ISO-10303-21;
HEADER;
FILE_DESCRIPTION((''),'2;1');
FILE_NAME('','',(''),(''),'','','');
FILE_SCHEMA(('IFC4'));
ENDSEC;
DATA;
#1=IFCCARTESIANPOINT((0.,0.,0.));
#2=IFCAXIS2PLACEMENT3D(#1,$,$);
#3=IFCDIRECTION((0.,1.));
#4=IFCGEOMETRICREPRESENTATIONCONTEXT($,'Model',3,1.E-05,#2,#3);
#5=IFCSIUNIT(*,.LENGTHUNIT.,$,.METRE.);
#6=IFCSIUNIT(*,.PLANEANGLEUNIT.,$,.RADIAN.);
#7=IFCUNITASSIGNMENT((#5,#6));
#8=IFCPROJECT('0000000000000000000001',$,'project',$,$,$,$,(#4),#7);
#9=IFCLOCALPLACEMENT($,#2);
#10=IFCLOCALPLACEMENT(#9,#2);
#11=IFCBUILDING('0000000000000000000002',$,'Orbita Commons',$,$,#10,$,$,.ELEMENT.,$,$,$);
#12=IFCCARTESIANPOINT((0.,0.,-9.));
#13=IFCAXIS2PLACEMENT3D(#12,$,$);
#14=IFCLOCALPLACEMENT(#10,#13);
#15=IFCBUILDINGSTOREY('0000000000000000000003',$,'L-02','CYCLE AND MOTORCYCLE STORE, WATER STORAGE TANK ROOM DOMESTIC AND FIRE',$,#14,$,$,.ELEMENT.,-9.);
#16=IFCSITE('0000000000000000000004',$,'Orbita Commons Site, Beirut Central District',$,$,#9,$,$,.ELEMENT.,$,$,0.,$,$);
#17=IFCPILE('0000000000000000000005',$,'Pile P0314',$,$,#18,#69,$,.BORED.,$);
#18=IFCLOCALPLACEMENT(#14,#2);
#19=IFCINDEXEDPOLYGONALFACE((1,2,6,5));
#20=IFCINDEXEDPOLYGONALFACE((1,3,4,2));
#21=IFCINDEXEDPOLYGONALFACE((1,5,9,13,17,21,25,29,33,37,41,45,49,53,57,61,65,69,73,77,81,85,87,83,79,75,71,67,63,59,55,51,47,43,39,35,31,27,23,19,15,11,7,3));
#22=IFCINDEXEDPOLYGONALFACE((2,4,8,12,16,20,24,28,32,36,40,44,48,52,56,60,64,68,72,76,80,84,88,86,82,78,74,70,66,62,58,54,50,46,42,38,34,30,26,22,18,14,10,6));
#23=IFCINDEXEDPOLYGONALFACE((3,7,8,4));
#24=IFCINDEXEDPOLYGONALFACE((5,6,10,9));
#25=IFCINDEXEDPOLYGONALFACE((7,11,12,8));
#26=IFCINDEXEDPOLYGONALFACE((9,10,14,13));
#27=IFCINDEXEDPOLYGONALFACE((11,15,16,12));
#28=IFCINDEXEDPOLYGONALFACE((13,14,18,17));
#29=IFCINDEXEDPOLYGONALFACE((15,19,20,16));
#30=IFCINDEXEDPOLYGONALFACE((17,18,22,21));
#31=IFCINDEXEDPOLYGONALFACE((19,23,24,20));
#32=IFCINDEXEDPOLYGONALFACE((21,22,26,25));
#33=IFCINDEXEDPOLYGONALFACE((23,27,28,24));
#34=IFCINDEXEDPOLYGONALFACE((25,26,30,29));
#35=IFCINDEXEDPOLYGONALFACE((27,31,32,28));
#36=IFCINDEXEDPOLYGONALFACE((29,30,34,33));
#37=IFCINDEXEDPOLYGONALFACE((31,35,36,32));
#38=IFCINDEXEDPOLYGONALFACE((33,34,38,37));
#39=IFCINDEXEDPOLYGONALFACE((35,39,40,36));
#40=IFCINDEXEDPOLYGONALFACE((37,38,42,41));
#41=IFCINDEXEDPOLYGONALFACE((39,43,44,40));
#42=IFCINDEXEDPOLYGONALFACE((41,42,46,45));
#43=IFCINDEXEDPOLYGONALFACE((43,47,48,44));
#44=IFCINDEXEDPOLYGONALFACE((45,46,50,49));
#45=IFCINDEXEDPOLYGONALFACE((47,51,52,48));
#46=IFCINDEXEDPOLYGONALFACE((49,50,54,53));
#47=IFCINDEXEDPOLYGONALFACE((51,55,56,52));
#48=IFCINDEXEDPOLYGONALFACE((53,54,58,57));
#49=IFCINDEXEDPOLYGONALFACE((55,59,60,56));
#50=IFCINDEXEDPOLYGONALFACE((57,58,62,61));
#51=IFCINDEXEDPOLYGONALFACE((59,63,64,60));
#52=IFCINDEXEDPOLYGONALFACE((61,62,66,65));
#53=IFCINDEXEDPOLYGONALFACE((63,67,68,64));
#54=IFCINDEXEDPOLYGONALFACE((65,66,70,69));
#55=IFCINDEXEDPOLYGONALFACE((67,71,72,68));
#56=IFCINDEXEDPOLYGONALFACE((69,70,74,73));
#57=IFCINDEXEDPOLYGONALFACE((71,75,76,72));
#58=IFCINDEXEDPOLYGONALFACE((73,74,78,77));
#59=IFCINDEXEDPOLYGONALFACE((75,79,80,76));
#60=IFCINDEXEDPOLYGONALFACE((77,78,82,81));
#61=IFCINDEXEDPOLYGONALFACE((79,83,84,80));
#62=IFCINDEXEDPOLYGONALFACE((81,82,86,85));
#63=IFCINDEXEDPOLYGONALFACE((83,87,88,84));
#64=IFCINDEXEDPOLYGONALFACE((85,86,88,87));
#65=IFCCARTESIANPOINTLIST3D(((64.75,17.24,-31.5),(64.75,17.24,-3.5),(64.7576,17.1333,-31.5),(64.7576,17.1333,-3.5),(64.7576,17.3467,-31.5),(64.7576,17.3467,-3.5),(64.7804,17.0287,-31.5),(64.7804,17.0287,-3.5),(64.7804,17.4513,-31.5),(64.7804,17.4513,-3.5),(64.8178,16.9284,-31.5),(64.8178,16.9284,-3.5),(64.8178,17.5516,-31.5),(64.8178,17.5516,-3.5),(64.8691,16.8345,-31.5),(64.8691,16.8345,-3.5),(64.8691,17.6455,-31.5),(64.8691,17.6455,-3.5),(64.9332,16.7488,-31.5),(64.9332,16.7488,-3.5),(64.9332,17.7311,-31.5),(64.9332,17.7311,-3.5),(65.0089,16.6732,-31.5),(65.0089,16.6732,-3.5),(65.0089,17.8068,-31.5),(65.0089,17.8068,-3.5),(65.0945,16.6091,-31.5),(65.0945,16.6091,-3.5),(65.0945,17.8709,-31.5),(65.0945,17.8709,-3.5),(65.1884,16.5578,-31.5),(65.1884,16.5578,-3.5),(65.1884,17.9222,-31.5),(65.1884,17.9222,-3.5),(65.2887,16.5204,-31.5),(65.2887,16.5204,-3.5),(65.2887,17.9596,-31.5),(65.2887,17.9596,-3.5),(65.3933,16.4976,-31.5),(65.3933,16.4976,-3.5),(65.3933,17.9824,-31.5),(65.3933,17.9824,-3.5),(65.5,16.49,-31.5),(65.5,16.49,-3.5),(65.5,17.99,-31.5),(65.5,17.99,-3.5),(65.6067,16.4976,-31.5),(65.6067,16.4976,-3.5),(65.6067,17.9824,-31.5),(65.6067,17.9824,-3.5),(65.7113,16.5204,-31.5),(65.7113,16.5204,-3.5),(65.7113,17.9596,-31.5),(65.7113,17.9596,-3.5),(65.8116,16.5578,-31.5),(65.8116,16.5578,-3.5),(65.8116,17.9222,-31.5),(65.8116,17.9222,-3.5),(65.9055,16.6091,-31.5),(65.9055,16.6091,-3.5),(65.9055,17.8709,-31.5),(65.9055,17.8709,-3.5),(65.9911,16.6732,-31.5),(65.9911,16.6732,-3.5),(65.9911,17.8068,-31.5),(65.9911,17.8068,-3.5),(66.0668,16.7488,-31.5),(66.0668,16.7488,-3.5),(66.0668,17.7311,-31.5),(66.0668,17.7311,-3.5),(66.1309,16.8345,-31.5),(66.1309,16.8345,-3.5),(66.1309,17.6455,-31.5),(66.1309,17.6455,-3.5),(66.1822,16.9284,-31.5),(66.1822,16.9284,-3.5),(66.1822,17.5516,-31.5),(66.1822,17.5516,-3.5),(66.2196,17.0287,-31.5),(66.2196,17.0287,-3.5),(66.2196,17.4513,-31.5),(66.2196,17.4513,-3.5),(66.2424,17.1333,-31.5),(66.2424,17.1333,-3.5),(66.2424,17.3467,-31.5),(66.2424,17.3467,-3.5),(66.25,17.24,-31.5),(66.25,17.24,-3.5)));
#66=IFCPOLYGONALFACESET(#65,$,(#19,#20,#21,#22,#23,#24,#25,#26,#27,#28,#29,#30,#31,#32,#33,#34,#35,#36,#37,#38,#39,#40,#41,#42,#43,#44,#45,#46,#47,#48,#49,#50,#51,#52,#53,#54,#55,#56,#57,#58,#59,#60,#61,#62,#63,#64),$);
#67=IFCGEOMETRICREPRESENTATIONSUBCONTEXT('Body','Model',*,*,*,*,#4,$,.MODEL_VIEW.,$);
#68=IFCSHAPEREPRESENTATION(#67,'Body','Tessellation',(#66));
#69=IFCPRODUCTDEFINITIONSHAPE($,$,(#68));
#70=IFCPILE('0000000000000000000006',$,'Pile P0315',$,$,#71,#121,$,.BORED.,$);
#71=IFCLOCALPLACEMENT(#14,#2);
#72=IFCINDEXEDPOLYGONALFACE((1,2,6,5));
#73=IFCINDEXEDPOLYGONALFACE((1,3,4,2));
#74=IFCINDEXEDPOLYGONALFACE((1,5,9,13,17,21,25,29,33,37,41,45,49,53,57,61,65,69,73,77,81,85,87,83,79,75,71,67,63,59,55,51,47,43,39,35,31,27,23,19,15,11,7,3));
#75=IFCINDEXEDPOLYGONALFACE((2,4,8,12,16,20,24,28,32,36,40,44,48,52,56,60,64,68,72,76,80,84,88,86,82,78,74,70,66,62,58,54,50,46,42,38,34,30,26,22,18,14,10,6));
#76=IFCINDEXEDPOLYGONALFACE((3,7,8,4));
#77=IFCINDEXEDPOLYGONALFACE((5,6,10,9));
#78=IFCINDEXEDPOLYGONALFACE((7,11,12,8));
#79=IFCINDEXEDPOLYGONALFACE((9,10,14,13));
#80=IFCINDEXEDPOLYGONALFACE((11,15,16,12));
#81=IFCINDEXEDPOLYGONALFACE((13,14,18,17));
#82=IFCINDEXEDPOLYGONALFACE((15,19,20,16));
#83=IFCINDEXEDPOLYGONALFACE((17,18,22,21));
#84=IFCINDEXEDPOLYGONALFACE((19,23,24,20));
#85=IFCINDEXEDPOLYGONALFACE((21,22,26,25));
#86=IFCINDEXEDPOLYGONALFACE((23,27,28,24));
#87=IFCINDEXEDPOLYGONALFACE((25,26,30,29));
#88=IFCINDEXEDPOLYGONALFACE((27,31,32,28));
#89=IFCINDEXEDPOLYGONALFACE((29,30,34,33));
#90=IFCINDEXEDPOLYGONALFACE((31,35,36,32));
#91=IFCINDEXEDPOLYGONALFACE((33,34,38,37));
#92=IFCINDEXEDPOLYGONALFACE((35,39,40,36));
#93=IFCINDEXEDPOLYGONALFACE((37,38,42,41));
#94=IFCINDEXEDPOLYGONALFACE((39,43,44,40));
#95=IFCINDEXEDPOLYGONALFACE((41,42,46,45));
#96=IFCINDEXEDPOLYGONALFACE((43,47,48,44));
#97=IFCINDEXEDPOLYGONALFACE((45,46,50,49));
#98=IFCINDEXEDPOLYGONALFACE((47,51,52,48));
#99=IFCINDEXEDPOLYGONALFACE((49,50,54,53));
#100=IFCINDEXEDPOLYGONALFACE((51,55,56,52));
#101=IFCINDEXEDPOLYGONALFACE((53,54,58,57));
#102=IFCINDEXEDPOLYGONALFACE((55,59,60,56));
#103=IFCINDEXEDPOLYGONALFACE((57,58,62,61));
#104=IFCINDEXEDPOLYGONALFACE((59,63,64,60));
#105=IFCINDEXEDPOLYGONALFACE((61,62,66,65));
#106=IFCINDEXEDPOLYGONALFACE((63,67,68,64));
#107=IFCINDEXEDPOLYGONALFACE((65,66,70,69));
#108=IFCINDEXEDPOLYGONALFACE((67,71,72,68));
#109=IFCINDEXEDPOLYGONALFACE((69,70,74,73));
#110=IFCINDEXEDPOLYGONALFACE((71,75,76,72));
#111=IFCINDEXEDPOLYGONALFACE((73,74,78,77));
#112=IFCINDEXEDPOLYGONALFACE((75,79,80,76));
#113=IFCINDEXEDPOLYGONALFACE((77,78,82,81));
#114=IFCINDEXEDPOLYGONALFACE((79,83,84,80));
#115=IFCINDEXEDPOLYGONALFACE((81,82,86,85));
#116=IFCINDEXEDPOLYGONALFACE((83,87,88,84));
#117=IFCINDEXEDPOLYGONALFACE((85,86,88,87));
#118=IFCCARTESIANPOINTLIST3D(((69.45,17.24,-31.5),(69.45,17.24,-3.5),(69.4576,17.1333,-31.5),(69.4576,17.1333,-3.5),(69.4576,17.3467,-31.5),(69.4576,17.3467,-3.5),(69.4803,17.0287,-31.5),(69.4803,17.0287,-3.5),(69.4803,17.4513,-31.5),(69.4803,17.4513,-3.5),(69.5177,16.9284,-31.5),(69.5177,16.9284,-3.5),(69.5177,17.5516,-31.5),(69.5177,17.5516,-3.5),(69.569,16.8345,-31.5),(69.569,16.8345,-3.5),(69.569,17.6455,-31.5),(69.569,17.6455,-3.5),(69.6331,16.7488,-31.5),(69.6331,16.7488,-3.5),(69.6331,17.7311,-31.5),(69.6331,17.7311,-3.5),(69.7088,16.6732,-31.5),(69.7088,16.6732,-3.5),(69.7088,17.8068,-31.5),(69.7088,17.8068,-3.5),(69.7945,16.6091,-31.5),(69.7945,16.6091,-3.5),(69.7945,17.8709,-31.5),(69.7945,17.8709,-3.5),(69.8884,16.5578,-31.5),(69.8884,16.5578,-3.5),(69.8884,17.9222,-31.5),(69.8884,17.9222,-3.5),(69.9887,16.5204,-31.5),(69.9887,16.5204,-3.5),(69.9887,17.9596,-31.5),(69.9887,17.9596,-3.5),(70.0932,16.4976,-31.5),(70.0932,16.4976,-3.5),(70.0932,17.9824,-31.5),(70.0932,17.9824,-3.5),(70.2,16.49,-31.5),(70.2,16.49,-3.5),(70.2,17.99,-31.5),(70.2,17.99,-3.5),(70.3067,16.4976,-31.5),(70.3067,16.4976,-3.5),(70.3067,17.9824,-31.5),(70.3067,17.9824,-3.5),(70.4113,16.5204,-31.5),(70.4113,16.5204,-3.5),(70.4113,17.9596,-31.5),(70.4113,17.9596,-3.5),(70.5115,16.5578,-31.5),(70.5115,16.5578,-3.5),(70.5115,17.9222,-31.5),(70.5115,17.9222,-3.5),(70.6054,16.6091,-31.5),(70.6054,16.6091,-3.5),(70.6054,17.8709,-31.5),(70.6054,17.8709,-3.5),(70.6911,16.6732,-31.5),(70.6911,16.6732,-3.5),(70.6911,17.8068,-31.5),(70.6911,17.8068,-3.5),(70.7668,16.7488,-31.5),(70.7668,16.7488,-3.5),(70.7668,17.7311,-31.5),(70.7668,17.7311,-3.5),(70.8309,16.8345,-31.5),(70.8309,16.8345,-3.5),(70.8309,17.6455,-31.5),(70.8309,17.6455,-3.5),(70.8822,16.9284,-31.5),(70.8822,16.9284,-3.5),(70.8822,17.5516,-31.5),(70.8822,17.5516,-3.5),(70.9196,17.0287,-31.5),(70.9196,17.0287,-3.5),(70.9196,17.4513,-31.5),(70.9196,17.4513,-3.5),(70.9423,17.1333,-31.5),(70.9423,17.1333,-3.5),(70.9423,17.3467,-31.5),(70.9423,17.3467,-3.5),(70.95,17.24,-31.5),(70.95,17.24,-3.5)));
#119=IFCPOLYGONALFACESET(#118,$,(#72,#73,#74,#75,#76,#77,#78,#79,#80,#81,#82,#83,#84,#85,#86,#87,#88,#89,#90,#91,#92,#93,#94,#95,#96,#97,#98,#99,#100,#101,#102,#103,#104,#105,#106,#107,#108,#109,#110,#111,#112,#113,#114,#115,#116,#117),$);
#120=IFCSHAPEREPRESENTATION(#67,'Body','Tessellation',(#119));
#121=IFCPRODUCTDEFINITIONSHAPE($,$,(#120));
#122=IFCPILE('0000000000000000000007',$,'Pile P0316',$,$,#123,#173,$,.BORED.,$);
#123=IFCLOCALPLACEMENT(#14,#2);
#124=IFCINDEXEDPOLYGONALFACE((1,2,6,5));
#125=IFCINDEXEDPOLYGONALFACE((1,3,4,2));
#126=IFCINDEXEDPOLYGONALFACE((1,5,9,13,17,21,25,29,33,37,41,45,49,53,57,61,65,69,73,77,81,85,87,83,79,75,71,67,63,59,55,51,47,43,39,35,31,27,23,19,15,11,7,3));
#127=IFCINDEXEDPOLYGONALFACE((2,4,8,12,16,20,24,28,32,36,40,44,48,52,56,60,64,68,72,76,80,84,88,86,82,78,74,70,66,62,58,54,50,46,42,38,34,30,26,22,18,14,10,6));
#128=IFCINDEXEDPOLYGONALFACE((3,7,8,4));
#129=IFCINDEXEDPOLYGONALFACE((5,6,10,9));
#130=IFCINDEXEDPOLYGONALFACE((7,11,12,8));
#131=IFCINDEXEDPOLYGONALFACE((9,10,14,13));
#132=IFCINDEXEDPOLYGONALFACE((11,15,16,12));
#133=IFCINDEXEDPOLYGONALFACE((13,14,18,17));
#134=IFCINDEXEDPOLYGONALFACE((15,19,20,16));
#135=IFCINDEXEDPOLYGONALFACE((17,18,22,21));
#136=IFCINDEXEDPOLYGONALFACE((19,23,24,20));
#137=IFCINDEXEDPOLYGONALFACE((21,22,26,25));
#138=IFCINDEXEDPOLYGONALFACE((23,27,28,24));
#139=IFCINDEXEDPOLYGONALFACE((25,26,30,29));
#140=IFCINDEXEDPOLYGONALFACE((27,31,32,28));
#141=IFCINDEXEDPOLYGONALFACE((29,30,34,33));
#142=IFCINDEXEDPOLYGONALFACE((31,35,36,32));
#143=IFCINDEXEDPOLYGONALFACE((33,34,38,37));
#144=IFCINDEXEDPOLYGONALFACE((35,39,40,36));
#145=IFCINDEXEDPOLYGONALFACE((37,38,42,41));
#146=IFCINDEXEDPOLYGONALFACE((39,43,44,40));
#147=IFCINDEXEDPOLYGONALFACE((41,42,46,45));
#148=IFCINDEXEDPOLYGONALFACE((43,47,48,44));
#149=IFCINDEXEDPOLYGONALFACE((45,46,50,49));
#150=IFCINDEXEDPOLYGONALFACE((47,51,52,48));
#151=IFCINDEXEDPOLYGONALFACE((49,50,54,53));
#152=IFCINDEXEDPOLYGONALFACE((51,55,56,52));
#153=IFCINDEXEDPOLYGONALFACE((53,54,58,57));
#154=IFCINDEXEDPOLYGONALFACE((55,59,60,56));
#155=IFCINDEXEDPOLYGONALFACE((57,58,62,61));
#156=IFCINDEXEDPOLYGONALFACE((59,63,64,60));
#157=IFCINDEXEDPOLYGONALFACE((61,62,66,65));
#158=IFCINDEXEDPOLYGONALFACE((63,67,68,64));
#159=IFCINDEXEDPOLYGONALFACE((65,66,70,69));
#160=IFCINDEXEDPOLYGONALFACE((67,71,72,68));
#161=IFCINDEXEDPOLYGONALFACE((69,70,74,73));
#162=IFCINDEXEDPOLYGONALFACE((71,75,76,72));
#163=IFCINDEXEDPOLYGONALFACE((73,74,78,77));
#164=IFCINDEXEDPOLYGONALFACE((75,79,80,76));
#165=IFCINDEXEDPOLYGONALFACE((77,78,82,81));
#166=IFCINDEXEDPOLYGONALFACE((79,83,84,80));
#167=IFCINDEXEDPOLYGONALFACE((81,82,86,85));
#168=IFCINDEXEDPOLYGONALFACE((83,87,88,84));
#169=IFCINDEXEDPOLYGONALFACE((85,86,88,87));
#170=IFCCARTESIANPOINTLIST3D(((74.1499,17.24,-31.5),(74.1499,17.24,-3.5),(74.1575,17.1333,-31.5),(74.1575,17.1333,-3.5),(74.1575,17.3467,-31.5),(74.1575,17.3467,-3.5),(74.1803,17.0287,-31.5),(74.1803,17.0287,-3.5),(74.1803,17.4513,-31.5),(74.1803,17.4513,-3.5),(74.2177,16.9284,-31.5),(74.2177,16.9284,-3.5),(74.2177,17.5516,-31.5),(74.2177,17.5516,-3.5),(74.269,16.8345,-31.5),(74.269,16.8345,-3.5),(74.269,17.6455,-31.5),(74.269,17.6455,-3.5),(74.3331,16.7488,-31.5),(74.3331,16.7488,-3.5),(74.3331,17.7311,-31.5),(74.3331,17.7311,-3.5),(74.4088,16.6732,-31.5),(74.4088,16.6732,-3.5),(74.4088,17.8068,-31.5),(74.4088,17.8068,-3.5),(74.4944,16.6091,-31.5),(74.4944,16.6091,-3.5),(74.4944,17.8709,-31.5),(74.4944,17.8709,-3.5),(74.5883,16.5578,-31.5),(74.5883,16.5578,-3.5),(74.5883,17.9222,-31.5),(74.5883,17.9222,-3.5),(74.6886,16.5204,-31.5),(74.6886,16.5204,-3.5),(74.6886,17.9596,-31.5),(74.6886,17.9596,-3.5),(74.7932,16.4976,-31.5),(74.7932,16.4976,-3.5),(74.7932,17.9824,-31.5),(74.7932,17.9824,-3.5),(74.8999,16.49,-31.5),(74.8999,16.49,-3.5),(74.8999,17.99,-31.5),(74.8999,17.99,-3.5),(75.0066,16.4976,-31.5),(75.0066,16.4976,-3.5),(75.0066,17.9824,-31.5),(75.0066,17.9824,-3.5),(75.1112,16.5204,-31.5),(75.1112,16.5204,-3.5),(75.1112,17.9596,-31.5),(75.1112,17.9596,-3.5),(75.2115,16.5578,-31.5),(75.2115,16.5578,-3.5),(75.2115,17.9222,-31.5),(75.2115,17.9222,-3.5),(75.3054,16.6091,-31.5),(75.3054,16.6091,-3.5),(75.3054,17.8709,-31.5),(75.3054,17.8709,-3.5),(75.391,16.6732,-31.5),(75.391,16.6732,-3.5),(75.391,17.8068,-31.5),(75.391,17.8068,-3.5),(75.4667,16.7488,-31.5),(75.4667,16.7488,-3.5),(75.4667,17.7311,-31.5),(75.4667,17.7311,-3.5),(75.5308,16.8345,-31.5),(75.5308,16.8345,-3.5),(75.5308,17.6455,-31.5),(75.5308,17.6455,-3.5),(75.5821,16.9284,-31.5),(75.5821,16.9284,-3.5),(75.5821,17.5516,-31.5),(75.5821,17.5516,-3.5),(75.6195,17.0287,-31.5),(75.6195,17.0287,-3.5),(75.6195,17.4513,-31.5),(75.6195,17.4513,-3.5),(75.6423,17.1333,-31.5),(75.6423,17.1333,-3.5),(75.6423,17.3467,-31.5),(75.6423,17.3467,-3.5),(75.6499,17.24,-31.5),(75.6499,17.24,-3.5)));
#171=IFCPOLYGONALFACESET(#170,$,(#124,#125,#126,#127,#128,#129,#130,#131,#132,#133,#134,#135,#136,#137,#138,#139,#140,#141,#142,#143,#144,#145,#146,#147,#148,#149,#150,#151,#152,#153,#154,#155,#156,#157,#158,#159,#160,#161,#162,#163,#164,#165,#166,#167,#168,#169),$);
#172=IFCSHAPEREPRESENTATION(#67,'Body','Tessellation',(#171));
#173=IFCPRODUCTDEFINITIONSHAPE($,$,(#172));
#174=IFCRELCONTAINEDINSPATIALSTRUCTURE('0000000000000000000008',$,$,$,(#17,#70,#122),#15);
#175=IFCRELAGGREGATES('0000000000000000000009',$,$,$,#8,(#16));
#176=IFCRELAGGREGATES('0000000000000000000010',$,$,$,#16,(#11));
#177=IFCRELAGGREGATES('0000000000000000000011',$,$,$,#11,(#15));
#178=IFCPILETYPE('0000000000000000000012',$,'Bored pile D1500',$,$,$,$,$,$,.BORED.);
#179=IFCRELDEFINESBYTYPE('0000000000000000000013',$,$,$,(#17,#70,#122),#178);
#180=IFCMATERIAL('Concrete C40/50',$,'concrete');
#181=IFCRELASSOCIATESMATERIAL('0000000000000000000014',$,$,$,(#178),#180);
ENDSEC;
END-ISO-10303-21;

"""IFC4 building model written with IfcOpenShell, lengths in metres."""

from ifc_helpers import new_model, si_unit, direction, frame, origin, origin_2d, place, context, subcontext, project, spatial, circle, extrude, material, material_profile, profile_set, type_object, element, save


model = new_model("IFC4")

# Units and contexts
model_context = context("Model", 3, precision=1e-05, world=origin(), true_north=direction((0.0, 1.0)))
body_context = subcontext(model_context, "Body", "Model", "MODEL_VIEW")
ifc_project = project(units=[si_unit("LENGTHUNIT", "METRE"), si_unit("PLANEANGLEUNIT", "RADIAN")], contexts=[model_context])

# Site, building, storey
site_placement = place(None, origin())
site = spatial("IfcSite", under=ifc_project, at=site_placement, Name="Orbita Commons Site, Beirut Central District", CompositionType="ELEMENT", RefElevation=0.0)
building_placement = place(site_placement, origin())
building = spatial("IfcBuilding", under=site, at=building_placement, Name="Orbita Commons", CompositionType="ELEMENT")
storey_placement = place(building_placement, frame((0.0, 0.0, -9.0)))
storey = spatial("IfcBuildingStorey", under=building, at=storey_placement, Name="L-02", Description="CYCLE AND MOTORCYCLE STORE, WATER STORAGE TANK ROOM DOMESTIC AND FIRE", CompositionType="ELEMENT", Elevation=-9.0)

# Piles
ifc_material_1 = material(Name="Concrete C40/50", Category="concrete")
ifc_material_profile_1 = material_profile(ifc_material_1, circle(Radius=0.75, at=origin_2d()), Name="RC D1500")
ifc_profile_set_1 = profile_set([ifc_material_profile_1], Name="Concrete C40/50")
pile_type = type_object("IfcPileType", Name="Bored pile D1500", PredefinedType="BORED", material=ifc_profile_set_1)
for number, where, z_axis, x_axis, name in (
    (1, (65.5, 17.24, -3.5), (0.0, 0.0, -1.0), (1.0, 0.0, 0.0), "Pile P0314"),
    (2, (70.2, 17.24, -3.5), (0.0, 0.0, -1.0), (1.0, 0.0, 0.0), "Pile P0315"),
    (3, (74.8999, 17.24, -3.5), (0.0, 0.0, -1.0), (1.0, 0.0, 0.0), "Pile P0316"),
):
    element("IfcPile", number, at=place(storey_placement, frame(where, z_axis=z_axis, x_axis=x_axis)), inside=storey, type_object=pile_type, Name=name, PredefinedType="BORED", context=body_context, shape_type="SweptSolid", body=[
        extrude(circle(Radius=0.75, at=origin_2d()), origin(), (0.0, 0.0, 1.0), 28.0),
    ])

save(model, "model.ifc")
